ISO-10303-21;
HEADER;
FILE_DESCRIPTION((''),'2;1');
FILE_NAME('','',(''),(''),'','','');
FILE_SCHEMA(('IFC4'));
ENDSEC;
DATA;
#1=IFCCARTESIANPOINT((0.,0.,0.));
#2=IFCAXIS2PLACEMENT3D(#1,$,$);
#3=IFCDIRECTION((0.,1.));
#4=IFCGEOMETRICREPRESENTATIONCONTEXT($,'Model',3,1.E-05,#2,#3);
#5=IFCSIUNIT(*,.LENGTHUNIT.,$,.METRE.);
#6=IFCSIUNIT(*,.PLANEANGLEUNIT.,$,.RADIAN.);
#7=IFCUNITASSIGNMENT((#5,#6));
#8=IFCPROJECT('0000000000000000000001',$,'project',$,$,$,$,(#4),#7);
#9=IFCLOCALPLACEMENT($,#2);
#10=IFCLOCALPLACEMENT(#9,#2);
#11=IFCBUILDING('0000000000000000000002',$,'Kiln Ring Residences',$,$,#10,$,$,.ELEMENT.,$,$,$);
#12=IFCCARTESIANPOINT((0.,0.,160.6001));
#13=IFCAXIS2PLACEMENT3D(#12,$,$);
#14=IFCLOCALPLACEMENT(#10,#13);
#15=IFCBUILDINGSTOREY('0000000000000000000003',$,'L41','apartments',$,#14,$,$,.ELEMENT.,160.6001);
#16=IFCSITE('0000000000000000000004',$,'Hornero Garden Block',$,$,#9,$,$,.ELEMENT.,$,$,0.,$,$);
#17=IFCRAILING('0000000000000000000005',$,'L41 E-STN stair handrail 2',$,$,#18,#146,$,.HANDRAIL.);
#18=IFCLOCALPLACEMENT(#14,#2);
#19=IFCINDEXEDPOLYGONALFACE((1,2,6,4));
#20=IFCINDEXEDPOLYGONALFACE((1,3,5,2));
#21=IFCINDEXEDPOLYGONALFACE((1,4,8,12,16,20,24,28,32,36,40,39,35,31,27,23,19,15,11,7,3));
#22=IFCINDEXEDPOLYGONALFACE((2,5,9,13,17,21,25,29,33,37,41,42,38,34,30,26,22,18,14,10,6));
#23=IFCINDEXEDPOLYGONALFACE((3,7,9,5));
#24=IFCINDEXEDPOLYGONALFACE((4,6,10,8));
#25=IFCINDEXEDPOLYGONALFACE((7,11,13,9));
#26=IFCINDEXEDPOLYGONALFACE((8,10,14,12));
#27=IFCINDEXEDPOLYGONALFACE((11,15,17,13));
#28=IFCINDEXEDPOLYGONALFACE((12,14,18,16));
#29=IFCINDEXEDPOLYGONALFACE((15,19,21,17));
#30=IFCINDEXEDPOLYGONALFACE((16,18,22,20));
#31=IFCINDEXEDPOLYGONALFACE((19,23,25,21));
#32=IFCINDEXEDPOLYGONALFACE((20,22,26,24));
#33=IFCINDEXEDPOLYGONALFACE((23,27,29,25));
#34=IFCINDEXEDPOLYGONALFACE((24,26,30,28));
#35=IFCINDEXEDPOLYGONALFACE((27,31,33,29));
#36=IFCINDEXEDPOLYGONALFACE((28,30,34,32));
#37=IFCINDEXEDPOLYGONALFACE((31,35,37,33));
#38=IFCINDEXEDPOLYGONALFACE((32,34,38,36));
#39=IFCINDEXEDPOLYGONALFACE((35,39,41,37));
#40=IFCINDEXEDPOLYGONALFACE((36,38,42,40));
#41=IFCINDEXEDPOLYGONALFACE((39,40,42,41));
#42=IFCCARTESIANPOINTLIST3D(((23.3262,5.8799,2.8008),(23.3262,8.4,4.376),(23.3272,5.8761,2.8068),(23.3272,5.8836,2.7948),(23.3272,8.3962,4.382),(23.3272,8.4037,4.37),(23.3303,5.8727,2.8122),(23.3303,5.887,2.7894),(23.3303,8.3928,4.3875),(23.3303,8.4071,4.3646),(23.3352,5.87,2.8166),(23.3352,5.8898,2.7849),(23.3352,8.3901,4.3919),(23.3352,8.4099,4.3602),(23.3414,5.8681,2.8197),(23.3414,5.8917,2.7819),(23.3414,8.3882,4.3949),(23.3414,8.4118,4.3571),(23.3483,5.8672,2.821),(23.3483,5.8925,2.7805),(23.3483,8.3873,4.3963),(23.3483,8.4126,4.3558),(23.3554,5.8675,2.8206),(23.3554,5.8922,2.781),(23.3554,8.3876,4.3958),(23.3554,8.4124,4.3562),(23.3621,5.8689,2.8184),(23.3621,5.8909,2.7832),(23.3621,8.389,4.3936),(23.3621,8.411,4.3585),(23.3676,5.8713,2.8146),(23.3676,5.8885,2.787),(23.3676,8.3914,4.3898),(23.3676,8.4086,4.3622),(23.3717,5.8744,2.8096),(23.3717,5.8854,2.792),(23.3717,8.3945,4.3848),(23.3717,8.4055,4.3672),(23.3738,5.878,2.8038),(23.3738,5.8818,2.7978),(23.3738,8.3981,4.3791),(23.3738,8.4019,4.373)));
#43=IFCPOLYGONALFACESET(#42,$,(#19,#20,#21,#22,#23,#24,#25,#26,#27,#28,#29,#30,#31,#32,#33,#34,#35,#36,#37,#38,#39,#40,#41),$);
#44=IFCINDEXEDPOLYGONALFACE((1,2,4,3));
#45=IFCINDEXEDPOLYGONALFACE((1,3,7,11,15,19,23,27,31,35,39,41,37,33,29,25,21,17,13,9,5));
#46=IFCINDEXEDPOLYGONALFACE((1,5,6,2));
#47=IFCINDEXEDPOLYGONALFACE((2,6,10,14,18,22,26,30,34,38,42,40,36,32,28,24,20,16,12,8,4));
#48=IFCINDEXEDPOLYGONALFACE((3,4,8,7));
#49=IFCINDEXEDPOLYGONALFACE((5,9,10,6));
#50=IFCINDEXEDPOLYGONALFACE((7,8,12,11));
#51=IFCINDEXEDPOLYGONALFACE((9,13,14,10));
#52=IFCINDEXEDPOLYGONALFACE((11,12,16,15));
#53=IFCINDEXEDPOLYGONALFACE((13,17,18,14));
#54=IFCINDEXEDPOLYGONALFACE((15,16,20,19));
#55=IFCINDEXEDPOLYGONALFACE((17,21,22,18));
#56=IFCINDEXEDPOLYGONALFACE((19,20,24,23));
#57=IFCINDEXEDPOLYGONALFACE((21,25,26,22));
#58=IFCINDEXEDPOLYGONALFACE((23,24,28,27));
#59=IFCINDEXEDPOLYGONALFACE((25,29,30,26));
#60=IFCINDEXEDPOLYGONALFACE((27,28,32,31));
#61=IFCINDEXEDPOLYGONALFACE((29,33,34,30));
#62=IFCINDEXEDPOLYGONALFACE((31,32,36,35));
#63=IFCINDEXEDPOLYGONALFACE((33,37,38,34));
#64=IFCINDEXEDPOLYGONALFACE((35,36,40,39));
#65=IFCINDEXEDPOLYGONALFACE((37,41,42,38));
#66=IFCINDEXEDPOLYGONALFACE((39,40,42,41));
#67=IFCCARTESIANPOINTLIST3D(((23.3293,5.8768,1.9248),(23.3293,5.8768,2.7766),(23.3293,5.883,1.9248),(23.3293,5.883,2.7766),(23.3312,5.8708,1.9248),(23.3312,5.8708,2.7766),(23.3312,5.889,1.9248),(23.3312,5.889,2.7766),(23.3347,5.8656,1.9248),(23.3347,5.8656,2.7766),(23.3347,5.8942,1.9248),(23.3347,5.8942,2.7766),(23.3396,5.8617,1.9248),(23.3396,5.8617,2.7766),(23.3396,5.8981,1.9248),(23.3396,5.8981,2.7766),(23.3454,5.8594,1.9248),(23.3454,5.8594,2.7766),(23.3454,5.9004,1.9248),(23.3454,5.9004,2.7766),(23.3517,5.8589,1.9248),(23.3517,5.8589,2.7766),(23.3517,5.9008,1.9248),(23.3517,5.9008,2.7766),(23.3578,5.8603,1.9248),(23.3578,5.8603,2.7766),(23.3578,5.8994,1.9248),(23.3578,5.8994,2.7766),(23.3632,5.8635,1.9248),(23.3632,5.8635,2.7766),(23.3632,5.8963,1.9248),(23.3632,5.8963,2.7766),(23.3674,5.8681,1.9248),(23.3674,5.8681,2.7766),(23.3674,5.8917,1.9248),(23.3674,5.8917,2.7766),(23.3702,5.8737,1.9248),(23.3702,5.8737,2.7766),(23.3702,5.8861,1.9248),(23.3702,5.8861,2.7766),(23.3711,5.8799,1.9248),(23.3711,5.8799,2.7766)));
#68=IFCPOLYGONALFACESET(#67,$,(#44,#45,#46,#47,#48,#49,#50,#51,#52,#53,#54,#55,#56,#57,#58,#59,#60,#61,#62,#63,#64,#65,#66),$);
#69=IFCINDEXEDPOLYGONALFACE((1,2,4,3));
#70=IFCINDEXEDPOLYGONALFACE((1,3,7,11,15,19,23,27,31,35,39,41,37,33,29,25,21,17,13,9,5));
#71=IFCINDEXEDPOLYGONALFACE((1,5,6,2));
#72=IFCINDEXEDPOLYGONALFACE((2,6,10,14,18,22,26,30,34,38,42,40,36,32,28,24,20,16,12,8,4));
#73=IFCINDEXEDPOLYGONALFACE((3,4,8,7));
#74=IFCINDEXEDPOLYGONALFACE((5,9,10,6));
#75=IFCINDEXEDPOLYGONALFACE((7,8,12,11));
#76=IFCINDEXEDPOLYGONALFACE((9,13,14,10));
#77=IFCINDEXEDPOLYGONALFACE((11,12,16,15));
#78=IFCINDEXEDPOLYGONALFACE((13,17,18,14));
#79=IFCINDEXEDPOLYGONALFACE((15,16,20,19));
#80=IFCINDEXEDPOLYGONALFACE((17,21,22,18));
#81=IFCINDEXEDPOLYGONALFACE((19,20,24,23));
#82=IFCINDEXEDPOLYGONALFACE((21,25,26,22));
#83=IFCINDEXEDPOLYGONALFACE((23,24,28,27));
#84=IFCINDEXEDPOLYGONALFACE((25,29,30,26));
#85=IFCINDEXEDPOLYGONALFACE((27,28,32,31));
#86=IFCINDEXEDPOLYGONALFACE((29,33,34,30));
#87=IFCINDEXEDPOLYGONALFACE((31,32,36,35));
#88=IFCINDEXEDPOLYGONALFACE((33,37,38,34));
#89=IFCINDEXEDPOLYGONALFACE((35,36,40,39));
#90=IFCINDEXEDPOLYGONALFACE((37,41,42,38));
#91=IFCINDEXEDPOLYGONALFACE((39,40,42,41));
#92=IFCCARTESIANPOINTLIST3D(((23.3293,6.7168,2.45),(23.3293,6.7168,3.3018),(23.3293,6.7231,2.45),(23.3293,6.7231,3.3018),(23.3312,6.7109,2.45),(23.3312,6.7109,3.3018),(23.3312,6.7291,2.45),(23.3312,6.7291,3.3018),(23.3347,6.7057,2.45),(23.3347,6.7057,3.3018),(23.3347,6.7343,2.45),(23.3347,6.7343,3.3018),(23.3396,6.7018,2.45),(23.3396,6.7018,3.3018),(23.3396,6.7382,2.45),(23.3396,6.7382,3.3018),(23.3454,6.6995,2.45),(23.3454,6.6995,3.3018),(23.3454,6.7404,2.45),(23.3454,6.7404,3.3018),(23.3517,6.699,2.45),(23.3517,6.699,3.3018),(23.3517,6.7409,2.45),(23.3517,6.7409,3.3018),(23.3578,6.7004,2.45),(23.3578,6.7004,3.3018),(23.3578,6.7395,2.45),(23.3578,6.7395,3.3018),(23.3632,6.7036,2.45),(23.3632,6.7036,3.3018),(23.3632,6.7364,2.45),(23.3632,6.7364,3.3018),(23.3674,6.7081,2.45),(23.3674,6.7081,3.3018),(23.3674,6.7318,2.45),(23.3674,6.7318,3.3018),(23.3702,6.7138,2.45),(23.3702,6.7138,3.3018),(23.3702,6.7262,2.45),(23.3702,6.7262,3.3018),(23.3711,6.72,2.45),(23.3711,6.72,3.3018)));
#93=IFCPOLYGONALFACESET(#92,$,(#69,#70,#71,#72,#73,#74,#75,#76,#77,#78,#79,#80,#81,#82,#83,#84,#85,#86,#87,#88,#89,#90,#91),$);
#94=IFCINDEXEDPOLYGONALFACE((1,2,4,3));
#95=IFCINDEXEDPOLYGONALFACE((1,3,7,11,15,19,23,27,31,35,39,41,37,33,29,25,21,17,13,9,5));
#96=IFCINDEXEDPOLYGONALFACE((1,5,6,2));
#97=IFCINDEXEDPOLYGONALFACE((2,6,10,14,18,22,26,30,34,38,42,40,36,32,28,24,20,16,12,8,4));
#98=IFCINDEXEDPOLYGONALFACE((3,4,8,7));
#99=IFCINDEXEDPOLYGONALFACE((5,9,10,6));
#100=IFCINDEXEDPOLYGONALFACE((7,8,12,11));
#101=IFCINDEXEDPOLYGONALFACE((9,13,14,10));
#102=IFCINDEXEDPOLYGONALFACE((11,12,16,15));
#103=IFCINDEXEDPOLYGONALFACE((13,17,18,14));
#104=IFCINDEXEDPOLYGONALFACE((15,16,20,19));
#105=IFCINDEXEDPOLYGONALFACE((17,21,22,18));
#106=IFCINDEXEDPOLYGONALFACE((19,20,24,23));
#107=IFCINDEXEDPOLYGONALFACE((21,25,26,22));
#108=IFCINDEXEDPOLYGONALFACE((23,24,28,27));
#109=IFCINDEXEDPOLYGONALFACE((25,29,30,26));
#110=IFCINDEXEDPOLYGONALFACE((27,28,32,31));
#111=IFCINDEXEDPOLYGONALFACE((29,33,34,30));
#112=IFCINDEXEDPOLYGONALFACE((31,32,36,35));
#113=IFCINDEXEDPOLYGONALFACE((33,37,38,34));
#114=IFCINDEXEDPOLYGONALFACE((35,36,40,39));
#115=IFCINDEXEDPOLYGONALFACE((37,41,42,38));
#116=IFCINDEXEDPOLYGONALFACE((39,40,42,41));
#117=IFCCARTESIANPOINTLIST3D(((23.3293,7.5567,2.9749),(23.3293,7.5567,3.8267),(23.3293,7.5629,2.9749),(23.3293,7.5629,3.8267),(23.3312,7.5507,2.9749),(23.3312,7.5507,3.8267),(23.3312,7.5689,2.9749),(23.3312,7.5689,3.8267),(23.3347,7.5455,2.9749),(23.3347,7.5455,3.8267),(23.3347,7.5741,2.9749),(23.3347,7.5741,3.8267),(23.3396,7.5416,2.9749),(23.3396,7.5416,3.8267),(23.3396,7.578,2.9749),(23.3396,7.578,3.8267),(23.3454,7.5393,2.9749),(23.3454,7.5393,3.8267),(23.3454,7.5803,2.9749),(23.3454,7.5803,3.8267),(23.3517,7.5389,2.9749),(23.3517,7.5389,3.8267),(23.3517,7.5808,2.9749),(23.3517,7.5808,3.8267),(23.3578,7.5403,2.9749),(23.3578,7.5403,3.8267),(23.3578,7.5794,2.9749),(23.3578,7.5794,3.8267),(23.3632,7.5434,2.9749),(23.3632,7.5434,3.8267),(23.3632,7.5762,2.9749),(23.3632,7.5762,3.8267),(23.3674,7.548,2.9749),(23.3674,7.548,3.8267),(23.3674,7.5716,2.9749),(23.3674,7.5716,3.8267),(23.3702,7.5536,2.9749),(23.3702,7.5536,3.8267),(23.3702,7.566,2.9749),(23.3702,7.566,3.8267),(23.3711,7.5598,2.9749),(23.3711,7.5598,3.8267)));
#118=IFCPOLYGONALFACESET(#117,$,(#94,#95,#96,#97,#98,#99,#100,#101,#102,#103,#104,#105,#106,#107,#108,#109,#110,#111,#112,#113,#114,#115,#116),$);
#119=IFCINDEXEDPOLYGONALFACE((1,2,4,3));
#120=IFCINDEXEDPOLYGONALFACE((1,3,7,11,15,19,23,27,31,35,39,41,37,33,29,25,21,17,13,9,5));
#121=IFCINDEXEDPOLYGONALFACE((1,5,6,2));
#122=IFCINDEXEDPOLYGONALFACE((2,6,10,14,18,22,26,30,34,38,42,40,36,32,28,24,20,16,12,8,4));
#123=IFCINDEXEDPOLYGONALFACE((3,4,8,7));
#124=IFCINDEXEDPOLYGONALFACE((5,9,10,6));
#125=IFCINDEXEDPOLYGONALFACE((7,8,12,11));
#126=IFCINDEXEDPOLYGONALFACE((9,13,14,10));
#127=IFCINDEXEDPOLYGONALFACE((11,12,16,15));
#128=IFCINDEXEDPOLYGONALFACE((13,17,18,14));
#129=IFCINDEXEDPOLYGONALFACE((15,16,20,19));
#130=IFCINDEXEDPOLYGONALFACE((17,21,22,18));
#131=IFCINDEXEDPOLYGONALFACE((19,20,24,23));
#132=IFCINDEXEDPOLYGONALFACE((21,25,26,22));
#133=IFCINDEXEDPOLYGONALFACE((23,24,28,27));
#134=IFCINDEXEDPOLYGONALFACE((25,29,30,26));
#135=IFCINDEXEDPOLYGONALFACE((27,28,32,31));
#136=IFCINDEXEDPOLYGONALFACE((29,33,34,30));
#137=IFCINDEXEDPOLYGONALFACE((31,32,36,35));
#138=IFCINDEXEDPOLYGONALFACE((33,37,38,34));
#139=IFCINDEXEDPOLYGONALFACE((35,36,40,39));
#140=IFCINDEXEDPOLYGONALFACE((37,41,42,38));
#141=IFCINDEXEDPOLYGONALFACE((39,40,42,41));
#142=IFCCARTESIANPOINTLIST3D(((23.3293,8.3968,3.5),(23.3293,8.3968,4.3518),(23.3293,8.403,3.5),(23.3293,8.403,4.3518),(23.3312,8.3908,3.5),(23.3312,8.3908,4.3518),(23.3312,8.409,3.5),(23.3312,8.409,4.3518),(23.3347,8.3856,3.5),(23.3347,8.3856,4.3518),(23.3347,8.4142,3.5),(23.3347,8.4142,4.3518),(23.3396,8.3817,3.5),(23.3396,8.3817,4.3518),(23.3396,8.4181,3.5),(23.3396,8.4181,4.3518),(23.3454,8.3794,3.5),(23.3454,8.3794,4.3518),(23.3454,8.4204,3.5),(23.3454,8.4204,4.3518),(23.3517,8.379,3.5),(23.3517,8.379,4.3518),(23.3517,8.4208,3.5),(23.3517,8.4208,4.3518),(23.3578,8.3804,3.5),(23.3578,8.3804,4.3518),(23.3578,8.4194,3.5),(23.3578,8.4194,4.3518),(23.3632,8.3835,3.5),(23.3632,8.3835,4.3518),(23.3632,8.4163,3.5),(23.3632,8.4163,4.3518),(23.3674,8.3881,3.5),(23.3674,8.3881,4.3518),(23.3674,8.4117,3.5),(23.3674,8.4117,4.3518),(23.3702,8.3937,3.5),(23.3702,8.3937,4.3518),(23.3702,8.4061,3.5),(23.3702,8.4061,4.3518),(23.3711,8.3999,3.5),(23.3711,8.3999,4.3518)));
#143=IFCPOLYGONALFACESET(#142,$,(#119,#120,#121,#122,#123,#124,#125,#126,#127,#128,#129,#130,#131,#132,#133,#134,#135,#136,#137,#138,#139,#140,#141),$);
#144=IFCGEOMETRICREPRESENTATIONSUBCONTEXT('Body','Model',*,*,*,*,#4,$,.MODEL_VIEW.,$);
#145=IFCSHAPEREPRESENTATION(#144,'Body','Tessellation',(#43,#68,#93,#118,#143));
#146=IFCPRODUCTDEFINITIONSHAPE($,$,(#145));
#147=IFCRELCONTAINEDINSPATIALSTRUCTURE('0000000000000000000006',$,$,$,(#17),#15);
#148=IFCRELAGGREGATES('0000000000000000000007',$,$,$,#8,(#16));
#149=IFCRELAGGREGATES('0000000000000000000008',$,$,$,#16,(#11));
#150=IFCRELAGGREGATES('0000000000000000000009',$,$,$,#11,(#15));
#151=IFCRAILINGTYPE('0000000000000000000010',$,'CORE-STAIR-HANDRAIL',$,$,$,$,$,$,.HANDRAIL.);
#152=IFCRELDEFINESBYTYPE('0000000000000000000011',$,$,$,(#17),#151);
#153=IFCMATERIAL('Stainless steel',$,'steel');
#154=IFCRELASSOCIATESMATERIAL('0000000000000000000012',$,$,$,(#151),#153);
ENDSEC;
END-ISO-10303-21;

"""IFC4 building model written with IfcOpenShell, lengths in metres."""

from ifc_helpers import new_model, si_unit, direction, frame, origin, origin_2d, place, context, subcontext, project, spatial, circle, extrude, material, type_object, element, save


model = new_model("IFC4")

# Units and contexts
model_context = context("Model", 3, precision=1e-05, world=origin(), true_north=direction((0.0, 1.0)))
body_context = subcontext(model_context, "Body", "Model", "MODEL_VIEW")
ifc_project = project(units=[si_unit("LENGTHUNIT", "METRE"), si_unit("PLANEANGLEUNIT", "RADIAN")], contexts=[model_context])

# Site, building, storey
site_placement = place(None, origin())
site = spatial("IfcSite", under=ifc_project, at=site_placement, Name="Hornero Garden Block", CompositionType="ELEMENT", RefElevation=0.0)
building_placement = place(site_placement, origin())
building = spatial("IfcBuilding", under=site, at=building_placement, Name="Kiln Ring Residences", CompositionType="ELEMENT")
storey_placement = place(building_placement, frame((0.0, 0.0, 160.6001)))
storey = spatial("IfcBuildingStorey", under=building, at=storey_placement, Name="L41", Description="apartments", CompositionType="ELEMENT", Elevation=160.6001)

# Railing
ifc_material_1 = material(Name="Stainless steel", Category="steel")
railing_type_1 = type_object("IfcRailingType", Name="CORE-STAIR-HANDRAIL", PredefinedType="HANDRAIL", material=ifc_material_1)
railing_1_placement = place(storey_placement, frame((23.3501, 5.8799, 1.9248)))
element("IfcRailing", 1, at=railing_1_placement, inside=storey, type_object=railing_type_1, Name="L41 E-STN stair handrail 2", PredefinedType="HANDRAIL", context=body_context, shape_type="SweptSolid", body=[
    extrude(circle(Radius=0.0239, at=origin_2d()), frame((0.0, 0.0, 0.876), z_axis=(0.0, 0.847971, 0.530043), x_axis=(-1.0, 0.0, 0.0)), (0.0, 0.0, 1.0), 2.9719),
    extrude(circle(Radius=0.021, at=origin_2d()), origin(), (0.0, 0.0, 1.0), 0.8518),
    extrude(circle(Radius=0.021, at=origin_2d()), frame((0.0, 0.8401, 0.5251)), (0.0, 0.0, 1.0), 0.8518),
    extrude(circle(Radius=0.021, at=origin_2d()), frame((0.0, 1.6799, 1.05)), (0.0, 0.0, 1.0), 0.8518),
    extrude(circle(Radius=0.021, at=origin_2d()), frame((0.0, 2.52, 1.5752)), (0.0, 0.0, 1.0), 0.8518),
])

save(model, "model.ifc")
